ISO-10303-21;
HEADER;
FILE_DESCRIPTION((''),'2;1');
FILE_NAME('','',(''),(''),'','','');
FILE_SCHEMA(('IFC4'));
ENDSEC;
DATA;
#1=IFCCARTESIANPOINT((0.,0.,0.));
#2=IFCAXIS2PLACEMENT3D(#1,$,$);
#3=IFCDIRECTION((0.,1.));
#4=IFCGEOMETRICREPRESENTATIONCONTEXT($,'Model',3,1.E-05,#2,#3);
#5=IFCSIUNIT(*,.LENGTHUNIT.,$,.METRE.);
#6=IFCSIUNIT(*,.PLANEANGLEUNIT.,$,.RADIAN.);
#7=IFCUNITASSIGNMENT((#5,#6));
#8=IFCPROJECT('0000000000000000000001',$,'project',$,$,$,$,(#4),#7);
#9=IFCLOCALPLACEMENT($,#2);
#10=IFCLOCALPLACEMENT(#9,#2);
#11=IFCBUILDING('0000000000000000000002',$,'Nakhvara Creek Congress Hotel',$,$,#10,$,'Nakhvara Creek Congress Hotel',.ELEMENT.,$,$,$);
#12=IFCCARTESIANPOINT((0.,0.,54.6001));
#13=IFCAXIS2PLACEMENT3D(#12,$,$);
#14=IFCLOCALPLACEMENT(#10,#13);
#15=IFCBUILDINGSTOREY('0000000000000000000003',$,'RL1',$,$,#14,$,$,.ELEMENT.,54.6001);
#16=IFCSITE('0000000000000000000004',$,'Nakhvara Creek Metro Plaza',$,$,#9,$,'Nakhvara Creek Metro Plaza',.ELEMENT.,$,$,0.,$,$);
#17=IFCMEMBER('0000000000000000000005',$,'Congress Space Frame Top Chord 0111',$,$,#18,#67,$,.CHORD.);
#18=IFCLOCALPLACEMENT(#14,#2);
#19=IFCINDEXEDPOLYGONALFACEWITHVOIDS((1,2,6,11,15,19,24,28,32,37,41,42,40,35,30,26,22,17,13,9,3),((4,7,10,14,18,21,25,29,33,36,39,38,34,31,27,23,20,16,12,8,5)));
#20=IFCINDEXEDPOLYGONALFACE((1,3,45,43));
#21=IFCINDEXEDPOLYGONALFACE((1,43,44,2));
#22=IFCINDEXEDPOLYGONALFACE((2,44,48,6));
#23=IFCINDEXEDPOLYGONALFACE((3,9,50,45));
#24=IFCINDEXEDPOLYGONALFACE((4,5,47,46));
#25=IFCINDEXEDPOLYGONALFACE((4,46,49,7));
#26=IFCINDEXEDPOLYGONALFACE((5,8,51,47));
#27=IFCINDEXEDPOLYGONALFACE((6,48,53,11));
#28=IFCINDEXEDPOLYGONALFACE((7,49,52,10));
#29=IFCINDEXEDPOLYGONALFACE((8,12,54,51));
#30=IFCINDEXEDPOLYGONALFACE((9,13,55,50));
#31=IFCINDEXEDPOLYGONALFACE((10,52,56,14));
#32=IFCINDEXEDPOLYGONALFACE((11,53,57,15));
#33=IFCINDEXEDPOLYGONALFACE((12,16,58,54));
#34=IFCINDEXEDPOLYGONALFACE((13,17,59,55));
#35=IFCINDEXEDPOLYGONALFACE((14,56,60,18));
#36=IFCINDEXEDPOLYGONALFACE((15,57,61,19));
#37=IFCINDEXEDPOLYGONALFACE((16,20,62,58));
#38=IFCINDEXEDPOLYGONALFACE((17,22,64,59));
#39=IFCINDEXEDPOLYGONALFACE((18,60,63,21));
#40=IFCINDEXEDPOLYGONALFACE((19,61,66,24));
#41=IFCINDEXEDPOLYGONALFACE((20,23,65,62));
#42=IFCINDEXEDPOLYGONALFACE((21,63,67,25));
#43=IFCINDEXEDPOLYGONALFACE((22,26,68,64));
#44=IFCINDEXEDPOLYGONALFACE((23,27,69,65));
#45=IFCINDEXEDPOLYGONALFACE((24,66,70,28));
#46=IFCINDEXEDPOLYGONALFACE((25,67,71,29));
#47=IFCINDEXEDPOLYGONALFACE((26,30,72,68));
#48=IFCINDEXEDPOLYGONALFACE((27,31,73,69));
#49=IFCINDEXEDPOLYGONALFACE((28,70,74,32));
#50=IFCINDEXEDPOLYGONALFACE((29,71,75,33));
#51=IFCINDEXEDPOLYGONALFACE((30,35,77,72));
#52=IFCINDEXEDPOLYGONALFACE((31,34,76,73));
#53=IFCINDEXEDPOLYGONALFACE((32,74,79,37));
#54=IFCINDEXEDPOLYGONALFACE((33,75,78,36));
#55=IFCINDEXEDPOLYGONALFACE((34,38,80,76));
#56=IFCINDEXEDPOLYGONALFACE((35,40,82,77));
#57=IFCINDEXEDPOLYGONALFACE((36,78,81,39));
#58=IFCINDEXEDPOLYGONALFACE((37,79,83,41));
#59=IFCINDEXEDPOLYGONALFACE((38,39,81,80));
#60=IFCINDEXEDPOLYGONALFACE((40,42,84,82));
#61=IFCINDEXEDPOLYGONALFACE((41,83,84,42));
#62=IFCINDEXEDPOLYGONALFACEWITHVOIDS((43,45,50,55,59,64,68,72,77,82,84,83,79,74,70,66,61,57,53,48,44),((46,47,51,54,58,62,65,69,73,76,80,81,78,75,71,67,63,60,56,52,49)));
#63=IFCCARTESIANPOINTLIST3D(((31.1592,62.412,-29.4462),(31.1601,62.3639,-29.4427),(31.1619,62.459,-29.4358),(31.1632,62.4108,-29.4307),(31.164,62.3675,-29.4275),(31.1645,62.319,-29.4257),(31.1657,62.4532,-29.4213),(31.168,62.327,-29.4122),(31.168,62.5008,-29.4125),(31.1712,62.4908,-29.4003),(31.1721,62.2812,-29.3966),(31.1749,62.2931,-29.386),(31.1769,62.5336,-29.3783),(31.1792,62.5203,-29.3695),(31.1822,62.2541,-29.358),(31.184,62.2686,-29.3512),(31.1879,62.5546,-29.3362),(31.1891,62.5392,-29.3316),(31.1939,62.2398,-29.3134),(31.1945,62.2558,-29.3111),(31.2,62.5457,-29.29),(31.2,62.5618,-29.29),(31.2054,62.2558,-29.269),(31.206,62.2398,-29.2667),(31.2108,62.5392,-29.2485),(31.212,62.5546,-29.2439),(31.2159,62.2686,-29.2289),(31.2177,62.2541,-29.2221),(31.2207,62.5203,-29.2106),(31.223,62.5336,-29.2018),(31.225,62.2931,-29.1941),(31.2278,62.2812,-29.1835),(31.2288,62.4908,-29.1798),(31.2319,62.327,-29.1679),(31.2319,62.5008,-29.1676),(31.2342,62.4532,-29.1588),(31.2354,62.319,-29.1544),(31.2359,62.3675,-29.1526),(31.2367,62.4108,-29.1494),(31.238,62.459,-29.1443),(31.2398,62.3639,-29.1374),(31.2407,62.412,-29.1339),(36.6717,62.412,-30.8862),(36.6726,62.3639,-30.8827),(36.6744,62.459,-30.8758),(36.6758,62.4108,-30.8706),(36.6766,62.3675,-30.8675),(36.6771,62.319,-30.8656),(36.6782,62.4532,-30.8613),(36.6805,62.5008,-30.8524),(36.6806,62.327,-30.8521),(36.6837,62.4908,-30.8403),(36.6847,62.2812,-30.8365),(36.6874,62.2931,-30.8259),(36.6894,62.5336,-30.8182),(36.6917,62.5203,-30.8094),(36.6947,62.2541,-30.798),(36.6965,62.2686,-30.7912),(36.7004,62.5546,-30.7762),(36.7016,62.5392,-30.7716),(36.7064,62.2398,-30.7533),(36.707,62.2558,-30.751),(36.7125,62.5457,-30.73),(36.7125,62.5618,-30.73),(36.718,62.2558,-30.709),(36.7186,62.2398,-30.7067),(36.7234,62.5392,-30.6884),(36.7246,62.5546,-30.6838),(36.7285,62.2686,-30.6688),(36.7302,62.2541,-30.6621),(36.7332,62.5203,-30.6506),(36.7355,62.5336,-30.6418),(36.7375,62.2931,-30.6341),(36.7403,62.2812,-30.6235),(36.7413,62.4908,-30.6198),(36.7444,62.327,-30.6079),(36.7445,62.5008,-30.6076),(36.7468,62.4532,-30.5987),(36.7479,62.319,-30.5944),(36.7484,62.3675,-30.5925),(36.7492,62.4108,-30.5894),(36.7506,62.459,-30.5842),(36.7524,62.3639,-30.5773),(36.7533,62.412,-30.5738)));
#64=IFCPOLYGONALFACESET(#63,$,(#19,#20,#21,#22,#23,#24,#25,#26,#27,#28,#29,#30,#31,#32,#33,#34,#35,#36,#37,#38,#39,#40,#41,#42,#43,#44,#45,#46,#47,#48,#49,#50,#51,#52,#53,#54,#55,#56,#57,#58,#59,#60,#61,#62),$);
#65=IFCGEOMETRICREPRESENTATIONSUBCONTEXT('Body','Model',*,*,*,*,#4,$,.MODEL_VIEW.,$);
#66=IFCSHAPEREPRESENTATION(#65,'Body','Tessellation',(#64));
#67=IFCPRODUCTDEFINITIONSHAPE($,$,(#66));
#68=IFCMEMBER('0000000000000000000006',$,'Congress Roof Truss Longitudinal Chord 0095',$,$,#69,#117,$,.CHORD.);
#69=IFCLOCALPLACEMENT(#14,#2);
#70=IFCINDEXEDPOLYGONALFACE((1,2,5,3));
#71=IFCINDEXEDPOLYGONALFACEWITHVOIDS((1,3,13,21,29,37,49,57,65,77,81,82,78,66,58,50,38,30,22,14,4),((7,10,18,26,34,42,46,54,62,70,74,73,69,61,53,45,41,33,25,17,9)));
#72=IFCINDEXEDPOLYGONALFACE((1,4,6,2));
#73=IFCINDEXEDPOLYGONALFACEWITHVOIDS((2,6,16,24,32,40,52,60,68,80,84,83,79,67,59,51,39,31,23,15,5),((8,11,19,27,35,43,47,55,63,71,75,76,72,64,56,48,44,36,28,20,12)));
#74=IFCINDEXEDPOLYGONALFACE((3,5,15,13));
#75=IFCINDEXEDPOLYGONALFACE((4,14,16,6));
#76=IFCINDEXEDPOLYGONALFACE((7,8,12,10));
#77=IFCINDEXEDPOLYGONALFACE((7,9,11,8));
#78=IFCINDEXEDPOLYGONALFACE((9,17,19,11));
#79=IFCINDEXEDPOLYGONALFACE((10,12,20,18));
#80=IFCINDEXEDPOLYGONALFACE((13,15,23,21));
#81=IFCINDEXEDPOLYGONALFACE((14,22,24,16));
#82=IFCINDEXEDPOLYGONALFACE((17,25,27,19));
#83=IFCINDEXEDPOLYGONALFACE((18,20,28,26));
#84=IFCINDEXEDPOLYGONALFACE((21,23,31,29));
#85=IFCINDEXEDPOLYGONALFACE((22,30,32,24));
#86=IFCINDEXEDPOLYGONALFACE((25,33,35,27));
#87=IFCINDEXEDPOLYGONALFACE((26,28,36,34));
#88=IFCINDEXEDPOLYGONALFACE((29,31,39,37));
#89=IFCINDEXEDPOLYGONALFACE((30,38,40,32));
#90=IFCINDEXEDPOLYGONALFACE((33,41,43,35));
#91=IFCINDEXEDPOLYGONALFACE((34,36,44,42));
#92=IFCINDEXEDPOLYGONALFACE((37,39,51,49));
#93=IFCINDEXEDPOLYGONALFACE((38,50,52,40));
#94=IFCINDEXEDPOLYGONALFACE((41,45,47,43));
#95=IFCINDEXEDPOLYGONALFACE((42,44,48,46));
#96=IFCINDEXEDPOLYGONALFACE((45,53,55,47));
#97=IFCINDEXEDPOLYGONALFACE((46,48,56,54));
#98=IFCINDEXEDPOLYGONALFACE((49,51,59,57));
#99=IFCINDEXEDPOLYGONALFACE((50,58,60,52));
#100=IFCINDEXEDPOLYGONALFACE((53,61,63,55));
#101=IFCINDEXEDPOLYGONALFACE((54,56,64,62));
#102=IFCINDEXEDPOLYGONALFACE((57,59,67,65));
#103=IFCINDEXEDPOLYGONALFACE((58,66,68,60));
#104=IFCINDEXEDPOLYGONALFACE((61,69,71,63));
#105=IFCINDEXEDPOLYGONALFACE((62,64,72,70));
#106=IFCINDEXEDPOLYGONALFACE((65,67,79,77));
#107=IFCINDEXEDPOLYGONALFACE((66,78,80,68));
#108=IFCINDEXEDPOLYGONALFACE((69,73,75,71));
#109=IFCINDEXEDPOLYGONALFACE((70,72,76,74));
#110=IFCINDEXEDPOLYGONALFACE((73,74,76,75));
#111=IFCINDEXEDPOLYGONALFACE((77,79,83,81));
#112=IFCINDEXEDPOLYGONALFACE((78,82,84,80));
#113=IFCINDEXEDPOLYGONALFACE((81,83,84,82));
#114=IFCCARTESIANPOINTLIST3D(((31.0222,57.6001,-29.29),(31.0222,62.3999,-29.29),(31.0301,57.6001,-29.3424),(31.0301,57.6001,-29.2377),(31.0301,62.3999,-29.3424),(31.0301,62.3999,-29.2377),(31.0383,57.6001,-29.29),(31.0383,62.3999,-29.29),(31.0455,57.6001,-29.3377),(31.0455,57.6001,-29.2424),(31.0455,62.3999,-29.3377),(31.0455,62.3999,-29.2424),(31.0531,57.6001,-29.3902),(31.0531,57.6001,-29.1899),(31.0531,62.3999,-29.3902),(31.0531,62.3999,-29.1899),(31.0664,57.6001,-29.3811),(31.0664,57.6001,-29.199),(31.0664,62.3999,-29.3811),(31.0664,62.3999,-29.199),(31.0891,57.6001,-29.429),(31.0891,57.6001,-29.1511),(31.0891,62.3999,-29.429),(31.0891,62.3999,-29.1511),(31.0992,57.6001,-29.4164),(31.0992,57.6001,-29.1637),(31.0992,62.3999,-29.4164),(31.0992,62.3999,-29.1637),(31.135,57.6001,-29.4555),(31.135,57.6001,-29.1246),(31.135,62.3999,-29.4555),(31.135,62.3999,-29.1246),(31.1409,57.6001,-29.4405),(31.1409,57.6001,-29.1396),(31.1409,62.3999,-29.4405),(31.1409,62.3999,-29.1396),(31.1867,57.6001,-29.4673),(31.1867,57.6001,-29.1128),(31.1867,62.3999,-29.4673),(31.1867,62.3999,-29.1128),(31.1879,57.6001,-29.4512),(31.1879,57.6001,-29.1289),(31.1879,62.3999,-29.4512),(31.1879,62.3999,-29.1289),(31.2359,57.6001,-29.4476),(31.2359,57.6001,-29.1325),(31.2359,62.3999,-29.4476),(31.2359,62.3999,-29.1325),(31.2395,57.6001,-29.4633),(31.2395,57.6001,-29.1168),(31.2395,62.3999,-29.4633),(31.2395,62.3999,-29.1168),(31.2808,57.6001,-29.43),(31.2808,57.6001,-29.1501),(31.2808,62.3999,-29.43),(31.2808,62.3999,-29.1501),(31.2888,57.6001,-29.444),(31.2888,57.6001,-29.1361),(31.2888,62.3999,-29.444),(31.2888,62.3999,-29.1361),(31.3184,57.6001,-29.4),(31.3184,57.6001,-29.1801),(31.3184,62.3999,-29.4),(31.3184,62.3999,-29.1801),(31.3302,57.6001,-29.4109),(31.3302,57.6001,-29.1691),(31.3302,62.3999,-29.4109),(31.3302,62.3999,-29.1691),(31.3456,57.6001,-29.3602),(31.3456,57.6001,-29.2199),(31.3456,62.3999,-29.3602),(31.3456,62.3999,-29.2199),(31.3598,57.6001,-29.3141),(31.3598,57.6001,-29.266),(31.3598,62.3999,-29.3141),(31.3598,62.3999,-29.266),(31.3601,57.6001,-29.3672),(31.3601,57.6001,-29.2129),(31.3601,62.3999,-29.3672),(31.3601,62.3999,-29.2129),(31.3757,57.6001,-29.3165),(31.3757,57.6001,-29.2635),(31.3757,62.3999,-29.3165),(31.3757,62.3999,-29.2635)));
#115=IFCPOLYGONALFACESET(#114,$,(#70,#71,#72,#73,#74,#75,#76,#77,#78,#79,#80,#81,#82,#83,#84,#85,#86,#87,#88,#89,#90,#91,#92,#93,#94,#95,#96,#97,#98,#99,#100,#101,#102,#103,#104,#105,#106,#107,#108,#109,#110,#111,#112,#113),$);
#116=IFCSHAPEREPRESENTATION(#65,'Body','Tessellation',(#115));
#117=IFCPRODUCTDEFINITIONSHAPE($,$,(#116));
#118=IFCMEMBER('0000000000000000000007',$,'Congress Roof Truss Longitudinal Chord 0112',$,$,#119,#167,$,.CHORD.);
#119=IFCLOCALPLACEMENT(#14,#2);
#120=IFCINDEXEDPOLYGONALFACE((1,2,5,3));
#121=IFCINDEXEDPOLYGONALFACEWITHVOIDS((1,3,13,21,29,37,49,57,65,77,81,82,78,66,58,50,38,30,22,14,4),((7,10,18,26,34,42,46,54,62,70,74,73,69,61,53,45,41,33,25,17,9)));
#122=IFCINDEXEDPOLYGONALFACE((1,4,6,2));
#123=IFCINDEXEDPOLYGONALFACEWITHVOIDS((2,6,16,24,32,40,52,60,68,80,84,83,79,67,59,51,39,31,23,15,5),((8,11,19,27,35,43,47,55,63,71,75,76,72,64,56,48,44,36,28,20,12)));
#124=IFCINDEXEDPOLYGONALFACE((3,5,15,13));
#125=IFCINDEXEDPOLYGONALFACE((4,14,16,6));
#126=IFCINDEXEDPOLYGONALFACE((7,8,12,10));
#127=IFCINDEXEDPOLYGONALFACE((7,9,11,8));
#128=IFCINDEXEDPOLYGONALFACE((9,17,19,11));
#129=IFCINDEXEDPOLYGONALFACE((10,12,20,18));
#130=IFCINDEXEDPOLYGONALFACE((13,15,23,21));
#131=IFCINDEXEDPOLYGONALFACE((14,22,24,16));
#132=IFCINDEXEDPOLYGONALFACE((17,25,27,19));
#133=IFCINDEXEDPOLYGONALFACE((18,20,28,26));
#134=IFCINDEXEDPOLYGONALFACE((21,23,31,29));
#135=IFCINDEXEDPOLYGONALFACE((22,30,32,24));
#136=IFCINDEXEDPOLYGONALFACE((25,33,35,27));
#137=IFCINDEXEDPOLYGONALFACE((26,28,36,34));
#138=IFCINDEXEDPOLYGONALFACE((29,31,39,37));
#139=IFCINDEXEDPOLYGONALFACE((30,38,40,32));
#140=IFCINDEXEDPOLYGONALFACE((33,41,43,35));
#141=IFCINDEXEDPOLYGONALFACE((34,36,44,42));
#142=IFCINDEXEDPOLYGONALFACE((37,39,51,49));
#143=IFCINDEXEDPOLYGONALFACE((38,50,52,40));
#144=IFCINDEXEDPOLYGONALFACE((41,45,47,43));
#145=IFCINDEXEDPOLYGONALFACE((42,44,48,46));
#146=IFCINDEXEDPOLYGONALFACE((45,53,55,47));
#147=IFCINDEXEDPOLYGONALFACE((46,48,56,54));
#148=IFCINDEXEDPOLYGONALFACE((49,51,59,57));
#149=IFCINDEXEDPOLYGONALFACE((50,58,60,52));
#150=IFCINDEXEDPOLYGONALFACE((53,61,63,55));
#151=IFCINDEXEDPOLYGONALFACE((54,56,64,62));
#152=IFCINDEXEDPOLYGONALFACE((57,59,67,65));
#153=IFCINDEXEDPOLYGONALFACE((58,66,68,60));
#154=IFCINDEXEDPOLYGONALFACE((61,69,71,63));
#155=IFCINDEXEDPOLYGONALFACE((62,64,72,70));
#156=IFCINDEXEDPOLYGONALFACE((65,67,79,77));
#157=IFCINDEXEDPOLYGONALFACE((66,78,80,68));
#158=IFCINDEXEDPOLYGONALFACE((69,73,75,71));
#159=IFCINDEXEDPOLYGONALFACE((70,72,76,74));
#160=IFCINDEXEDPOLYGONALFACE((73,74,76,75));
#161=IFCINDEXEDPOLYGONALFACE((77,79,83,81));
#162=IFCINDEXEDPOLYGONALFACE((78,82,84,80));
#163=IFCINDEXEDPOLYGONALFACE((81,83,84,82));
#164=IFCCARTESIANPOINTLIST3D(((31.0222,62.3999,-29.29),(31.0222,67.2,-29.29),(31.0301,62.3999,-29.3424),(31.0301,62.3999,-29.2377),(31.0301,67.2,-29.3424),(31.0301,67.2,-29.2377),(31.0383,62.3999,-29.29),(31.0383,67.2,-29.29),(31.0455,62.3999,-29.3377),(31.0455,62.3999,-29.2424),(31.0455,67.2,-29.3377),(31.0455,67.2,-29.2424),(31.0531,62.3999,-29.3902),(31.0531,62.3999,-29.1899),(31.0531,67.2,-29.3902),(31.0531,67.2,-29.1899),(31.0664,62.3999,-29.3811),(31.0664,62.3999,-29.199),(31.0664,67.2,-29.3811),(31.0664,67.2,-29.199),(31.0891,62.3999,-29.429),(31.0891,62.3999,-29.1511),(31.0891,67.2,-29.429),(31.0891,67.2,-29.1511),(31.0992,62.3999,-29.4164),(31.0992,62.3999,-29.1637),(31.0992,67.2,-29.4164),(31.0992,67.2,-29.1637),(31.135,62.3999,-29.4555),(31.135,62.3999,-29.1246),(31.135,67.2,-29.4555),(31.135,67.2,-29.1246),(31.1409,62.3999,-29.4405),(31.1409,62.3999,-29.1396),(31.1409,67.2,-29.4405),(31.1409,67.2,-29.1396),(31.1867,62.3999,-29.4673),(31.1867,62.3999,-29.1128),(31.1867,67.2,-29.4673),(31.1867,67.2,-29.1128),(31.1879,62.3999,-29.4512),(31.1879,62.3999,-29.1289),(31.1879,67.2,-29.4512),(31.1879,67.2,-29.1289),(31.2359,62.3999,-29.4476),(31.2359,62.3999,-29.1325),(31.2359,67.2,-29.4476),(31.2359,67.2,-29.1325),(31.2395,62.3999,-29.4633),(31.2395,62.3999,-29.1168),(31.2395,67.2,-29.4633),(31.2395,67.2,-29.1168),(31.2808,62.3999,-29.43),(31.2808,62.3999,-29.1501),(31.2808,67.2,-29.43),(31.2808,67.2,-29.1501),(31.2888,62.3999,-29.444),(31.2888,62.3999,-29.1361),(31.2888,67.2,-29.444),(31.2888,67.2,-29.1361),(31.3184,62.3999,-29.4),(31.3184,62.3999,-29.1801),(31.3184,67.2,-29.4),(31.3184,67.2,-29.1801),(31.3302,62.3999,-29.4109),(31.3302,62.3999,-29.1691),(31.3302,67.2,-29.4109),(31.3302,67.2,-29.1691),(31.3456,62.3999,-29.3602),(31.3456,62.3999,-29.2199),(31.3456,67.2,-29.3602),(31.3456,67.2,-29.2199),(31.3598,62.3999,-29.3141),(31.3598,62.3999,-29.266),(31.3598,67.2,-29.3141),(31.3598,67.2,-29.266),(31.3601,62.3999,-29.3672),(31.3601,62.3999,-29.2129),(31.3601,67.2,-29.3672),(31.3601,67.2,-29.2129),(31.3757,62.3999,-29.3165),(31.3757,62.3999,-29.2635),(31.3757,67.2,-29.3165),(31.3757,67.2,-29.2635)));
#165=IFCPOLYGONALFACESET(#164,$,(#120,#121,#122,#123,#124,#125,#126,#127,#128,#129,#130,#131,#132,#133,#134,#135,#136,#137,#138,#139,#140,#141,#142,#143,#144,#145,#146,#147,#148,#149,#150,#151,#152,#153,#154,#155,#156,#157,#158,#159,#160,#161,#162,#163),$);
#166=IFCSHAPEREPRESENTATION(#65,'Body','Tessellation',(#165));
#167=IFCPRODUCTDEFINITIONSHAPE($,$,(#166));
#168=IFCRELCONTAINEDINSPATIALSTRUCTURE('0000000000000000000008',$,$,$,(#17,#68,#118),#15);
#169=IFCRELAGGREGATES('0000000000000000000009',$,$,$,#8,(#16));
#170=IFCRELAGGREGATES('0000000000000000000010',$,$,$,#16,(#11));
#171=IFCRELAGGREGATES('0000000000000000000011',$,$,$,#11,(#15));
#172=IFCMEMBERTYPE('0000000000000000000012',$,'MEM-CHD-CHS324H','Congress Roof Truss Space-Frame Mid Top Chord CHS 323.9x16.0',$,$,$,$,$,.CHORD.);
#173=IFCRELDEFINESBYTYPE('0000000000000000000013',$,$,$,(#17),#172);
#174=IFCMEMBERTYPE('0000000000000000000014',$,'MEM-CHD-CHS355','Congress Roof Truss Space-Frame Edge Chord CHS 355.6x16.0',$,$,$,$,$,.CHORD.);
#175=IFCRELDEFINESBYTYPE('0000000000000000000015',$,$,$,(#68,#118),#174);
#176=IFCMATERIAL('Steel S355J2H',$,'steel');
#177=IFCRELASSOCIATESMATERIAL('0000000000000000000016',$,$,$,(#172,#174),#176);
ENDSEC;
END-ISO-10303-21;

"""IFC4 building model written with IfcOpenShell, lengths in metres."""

from ifc_helpers import new_model, si_unit, direction, frame, origin, origin_2d, place, context, subcontext, project, spatial, hollow_circle, extrude, material, material_profile, profile_set, type_object, element, save


model = new_model("IFC4")

# Units and contexts
model_context = context("Model", 3, precision=1e-05, world=origin(), true_north=direction((0.0, 1.0)))
body_context = subcontext(model_context, "Body", "Model", "MODEL_VIEW")
ifc_project = project(units=[si_unit("LENGTHUNIT", "METRE"), si_unit("PLANEANGLEUNIT", "RADIAN")], contexts=[model_context])

# Site, building, storey
site_placement = place(None, origin())
site = spatial("IfcSite", under=ifc_project, at=site_placement, Name="Nakhvara Creek Metro Plaza", LongName="Nakhvara Creek Metro Plaza", CompositionType="ELEMENT", RefElevation=0.0)
building_placement = place(site_placement, origin())
building = spatial("IfcBuilding", under=site, at=building_placement, Name="Nakhvara Creek Congress Hotel", LongName="Nakhvara Creek Congress Hotel", CompositionType="ELEMENT")
storey_placement = place(building_placement, frame((0.0, 0.0, 54.6001)))
storey = spatial("IfcBuildingStorey", under=building, at=storey_placement, Name="RL1", CompositionType="ELEMENT", Elevation=54.6001)

# Members
ifc_material_1 = material(Name="Steel S355J2H", Category="steel")
ifc_material_profile_1 = material_profile(ifc_material_1, hollow_circle(Radius=0.1619, WallThickness=0.0161, at=origin_2d()), Name="CHS 323.9x16.0", Category="LoadBearing")
ifc_profile_set_1 = profile_set([ifc_material_profile_1], Name="Steel S355J2H")
member_type_1 = type_object("IfcMemberType", Name="MEM-CHD-CHS324H", Description="Congress Roof Truss Space-Frame Mid Top Chord CHS 323.9x16.0", PredefinedType="CHORD", material=ifc_profile_set_1)
for number, where, z_axis, x_axis, name in (
    (1, (31.2, 62.3999, -29.29), (0.967535, 0.0, -0.252736), (0.0, 1.0, 0.0), "Congress Space Frame Top Chord 0111"),
):
    element("IfcMember", number, at=place(storey_placement, frame(where, z_axis=z_axis, x_axis=x_axis)), inside=storey, type_object=member_type_1, Name=name, PredefinedType="CHORD", context=body_context, shape_type="SweptSolid", body=[
        extrude(hollow_circle(Radius=0.1619, WallThickness=0.0161, at=origin_2d()), origin(), (0.0, 0.0, 1.0), 5.6975),
    ])
ifc_material_profile_2 = material_profile(ifc_material_1, hollow_circle(Radius=0.1777, WallThickness=0.0161, at=origin_2d()), Name="CHS 355.6x16.0", Category="LoadBearing")
ifc_profile_set_2 = profile_set([ifc_material_profile_2], Name="Steel S355J2H")
member_type_2 = type_object("IfcMemberType", Name="MEM-CHD-CHS355", Description="Congress Roof Truss Space-Frame Edge Chord CHS 355.6x16.0", PredefinedType="CHORD", material=ifc_profile_set_2)
member_1_placement = place(storey_placement, frame((31.2, 57.6001, -29.29), z_axis=(0.0, 1.0, 0.0), x_axis=(-1.0, 0.0, 0.0)))
element("IfcMember", 2, at=member_1_placement, inside=storey, type_object=member_type_2, Name="Congress Roof Truss Longitudinal Chord 0095", PredefinedType="CHORD", context=body_context, shape_type="SweptSolid", body=[
    extrude(hollow_circle(Radius=0.1777, WallThickness=0.0161, at=origin_2d()), origin(), (0.0, 0.0, 1.0), 4.7998),
])
member_2_placement = place(storey_placement, frame((31.2, 62.3999, -29.29), z_axis=(0.0, 1.0, 0.0), x_axis=(-1.0, 0.0, 0.0)))
element("IfcMember", 3, at=member_2_placement, inside=storey, type_object=member_type_2, Name="Congress Roof Truss Longitudinal Chord 0112", PredefinedType="CHORD", context=body_context, shape_type="SweptSolid", body=[
    extrude(hollow_circle(Radius=0.1777, WallThickness=0.0161, at=origin_2d()), origin(), (0.0, 0.0, 1.0), 4.8),
])

save(model, "model.ifc")
